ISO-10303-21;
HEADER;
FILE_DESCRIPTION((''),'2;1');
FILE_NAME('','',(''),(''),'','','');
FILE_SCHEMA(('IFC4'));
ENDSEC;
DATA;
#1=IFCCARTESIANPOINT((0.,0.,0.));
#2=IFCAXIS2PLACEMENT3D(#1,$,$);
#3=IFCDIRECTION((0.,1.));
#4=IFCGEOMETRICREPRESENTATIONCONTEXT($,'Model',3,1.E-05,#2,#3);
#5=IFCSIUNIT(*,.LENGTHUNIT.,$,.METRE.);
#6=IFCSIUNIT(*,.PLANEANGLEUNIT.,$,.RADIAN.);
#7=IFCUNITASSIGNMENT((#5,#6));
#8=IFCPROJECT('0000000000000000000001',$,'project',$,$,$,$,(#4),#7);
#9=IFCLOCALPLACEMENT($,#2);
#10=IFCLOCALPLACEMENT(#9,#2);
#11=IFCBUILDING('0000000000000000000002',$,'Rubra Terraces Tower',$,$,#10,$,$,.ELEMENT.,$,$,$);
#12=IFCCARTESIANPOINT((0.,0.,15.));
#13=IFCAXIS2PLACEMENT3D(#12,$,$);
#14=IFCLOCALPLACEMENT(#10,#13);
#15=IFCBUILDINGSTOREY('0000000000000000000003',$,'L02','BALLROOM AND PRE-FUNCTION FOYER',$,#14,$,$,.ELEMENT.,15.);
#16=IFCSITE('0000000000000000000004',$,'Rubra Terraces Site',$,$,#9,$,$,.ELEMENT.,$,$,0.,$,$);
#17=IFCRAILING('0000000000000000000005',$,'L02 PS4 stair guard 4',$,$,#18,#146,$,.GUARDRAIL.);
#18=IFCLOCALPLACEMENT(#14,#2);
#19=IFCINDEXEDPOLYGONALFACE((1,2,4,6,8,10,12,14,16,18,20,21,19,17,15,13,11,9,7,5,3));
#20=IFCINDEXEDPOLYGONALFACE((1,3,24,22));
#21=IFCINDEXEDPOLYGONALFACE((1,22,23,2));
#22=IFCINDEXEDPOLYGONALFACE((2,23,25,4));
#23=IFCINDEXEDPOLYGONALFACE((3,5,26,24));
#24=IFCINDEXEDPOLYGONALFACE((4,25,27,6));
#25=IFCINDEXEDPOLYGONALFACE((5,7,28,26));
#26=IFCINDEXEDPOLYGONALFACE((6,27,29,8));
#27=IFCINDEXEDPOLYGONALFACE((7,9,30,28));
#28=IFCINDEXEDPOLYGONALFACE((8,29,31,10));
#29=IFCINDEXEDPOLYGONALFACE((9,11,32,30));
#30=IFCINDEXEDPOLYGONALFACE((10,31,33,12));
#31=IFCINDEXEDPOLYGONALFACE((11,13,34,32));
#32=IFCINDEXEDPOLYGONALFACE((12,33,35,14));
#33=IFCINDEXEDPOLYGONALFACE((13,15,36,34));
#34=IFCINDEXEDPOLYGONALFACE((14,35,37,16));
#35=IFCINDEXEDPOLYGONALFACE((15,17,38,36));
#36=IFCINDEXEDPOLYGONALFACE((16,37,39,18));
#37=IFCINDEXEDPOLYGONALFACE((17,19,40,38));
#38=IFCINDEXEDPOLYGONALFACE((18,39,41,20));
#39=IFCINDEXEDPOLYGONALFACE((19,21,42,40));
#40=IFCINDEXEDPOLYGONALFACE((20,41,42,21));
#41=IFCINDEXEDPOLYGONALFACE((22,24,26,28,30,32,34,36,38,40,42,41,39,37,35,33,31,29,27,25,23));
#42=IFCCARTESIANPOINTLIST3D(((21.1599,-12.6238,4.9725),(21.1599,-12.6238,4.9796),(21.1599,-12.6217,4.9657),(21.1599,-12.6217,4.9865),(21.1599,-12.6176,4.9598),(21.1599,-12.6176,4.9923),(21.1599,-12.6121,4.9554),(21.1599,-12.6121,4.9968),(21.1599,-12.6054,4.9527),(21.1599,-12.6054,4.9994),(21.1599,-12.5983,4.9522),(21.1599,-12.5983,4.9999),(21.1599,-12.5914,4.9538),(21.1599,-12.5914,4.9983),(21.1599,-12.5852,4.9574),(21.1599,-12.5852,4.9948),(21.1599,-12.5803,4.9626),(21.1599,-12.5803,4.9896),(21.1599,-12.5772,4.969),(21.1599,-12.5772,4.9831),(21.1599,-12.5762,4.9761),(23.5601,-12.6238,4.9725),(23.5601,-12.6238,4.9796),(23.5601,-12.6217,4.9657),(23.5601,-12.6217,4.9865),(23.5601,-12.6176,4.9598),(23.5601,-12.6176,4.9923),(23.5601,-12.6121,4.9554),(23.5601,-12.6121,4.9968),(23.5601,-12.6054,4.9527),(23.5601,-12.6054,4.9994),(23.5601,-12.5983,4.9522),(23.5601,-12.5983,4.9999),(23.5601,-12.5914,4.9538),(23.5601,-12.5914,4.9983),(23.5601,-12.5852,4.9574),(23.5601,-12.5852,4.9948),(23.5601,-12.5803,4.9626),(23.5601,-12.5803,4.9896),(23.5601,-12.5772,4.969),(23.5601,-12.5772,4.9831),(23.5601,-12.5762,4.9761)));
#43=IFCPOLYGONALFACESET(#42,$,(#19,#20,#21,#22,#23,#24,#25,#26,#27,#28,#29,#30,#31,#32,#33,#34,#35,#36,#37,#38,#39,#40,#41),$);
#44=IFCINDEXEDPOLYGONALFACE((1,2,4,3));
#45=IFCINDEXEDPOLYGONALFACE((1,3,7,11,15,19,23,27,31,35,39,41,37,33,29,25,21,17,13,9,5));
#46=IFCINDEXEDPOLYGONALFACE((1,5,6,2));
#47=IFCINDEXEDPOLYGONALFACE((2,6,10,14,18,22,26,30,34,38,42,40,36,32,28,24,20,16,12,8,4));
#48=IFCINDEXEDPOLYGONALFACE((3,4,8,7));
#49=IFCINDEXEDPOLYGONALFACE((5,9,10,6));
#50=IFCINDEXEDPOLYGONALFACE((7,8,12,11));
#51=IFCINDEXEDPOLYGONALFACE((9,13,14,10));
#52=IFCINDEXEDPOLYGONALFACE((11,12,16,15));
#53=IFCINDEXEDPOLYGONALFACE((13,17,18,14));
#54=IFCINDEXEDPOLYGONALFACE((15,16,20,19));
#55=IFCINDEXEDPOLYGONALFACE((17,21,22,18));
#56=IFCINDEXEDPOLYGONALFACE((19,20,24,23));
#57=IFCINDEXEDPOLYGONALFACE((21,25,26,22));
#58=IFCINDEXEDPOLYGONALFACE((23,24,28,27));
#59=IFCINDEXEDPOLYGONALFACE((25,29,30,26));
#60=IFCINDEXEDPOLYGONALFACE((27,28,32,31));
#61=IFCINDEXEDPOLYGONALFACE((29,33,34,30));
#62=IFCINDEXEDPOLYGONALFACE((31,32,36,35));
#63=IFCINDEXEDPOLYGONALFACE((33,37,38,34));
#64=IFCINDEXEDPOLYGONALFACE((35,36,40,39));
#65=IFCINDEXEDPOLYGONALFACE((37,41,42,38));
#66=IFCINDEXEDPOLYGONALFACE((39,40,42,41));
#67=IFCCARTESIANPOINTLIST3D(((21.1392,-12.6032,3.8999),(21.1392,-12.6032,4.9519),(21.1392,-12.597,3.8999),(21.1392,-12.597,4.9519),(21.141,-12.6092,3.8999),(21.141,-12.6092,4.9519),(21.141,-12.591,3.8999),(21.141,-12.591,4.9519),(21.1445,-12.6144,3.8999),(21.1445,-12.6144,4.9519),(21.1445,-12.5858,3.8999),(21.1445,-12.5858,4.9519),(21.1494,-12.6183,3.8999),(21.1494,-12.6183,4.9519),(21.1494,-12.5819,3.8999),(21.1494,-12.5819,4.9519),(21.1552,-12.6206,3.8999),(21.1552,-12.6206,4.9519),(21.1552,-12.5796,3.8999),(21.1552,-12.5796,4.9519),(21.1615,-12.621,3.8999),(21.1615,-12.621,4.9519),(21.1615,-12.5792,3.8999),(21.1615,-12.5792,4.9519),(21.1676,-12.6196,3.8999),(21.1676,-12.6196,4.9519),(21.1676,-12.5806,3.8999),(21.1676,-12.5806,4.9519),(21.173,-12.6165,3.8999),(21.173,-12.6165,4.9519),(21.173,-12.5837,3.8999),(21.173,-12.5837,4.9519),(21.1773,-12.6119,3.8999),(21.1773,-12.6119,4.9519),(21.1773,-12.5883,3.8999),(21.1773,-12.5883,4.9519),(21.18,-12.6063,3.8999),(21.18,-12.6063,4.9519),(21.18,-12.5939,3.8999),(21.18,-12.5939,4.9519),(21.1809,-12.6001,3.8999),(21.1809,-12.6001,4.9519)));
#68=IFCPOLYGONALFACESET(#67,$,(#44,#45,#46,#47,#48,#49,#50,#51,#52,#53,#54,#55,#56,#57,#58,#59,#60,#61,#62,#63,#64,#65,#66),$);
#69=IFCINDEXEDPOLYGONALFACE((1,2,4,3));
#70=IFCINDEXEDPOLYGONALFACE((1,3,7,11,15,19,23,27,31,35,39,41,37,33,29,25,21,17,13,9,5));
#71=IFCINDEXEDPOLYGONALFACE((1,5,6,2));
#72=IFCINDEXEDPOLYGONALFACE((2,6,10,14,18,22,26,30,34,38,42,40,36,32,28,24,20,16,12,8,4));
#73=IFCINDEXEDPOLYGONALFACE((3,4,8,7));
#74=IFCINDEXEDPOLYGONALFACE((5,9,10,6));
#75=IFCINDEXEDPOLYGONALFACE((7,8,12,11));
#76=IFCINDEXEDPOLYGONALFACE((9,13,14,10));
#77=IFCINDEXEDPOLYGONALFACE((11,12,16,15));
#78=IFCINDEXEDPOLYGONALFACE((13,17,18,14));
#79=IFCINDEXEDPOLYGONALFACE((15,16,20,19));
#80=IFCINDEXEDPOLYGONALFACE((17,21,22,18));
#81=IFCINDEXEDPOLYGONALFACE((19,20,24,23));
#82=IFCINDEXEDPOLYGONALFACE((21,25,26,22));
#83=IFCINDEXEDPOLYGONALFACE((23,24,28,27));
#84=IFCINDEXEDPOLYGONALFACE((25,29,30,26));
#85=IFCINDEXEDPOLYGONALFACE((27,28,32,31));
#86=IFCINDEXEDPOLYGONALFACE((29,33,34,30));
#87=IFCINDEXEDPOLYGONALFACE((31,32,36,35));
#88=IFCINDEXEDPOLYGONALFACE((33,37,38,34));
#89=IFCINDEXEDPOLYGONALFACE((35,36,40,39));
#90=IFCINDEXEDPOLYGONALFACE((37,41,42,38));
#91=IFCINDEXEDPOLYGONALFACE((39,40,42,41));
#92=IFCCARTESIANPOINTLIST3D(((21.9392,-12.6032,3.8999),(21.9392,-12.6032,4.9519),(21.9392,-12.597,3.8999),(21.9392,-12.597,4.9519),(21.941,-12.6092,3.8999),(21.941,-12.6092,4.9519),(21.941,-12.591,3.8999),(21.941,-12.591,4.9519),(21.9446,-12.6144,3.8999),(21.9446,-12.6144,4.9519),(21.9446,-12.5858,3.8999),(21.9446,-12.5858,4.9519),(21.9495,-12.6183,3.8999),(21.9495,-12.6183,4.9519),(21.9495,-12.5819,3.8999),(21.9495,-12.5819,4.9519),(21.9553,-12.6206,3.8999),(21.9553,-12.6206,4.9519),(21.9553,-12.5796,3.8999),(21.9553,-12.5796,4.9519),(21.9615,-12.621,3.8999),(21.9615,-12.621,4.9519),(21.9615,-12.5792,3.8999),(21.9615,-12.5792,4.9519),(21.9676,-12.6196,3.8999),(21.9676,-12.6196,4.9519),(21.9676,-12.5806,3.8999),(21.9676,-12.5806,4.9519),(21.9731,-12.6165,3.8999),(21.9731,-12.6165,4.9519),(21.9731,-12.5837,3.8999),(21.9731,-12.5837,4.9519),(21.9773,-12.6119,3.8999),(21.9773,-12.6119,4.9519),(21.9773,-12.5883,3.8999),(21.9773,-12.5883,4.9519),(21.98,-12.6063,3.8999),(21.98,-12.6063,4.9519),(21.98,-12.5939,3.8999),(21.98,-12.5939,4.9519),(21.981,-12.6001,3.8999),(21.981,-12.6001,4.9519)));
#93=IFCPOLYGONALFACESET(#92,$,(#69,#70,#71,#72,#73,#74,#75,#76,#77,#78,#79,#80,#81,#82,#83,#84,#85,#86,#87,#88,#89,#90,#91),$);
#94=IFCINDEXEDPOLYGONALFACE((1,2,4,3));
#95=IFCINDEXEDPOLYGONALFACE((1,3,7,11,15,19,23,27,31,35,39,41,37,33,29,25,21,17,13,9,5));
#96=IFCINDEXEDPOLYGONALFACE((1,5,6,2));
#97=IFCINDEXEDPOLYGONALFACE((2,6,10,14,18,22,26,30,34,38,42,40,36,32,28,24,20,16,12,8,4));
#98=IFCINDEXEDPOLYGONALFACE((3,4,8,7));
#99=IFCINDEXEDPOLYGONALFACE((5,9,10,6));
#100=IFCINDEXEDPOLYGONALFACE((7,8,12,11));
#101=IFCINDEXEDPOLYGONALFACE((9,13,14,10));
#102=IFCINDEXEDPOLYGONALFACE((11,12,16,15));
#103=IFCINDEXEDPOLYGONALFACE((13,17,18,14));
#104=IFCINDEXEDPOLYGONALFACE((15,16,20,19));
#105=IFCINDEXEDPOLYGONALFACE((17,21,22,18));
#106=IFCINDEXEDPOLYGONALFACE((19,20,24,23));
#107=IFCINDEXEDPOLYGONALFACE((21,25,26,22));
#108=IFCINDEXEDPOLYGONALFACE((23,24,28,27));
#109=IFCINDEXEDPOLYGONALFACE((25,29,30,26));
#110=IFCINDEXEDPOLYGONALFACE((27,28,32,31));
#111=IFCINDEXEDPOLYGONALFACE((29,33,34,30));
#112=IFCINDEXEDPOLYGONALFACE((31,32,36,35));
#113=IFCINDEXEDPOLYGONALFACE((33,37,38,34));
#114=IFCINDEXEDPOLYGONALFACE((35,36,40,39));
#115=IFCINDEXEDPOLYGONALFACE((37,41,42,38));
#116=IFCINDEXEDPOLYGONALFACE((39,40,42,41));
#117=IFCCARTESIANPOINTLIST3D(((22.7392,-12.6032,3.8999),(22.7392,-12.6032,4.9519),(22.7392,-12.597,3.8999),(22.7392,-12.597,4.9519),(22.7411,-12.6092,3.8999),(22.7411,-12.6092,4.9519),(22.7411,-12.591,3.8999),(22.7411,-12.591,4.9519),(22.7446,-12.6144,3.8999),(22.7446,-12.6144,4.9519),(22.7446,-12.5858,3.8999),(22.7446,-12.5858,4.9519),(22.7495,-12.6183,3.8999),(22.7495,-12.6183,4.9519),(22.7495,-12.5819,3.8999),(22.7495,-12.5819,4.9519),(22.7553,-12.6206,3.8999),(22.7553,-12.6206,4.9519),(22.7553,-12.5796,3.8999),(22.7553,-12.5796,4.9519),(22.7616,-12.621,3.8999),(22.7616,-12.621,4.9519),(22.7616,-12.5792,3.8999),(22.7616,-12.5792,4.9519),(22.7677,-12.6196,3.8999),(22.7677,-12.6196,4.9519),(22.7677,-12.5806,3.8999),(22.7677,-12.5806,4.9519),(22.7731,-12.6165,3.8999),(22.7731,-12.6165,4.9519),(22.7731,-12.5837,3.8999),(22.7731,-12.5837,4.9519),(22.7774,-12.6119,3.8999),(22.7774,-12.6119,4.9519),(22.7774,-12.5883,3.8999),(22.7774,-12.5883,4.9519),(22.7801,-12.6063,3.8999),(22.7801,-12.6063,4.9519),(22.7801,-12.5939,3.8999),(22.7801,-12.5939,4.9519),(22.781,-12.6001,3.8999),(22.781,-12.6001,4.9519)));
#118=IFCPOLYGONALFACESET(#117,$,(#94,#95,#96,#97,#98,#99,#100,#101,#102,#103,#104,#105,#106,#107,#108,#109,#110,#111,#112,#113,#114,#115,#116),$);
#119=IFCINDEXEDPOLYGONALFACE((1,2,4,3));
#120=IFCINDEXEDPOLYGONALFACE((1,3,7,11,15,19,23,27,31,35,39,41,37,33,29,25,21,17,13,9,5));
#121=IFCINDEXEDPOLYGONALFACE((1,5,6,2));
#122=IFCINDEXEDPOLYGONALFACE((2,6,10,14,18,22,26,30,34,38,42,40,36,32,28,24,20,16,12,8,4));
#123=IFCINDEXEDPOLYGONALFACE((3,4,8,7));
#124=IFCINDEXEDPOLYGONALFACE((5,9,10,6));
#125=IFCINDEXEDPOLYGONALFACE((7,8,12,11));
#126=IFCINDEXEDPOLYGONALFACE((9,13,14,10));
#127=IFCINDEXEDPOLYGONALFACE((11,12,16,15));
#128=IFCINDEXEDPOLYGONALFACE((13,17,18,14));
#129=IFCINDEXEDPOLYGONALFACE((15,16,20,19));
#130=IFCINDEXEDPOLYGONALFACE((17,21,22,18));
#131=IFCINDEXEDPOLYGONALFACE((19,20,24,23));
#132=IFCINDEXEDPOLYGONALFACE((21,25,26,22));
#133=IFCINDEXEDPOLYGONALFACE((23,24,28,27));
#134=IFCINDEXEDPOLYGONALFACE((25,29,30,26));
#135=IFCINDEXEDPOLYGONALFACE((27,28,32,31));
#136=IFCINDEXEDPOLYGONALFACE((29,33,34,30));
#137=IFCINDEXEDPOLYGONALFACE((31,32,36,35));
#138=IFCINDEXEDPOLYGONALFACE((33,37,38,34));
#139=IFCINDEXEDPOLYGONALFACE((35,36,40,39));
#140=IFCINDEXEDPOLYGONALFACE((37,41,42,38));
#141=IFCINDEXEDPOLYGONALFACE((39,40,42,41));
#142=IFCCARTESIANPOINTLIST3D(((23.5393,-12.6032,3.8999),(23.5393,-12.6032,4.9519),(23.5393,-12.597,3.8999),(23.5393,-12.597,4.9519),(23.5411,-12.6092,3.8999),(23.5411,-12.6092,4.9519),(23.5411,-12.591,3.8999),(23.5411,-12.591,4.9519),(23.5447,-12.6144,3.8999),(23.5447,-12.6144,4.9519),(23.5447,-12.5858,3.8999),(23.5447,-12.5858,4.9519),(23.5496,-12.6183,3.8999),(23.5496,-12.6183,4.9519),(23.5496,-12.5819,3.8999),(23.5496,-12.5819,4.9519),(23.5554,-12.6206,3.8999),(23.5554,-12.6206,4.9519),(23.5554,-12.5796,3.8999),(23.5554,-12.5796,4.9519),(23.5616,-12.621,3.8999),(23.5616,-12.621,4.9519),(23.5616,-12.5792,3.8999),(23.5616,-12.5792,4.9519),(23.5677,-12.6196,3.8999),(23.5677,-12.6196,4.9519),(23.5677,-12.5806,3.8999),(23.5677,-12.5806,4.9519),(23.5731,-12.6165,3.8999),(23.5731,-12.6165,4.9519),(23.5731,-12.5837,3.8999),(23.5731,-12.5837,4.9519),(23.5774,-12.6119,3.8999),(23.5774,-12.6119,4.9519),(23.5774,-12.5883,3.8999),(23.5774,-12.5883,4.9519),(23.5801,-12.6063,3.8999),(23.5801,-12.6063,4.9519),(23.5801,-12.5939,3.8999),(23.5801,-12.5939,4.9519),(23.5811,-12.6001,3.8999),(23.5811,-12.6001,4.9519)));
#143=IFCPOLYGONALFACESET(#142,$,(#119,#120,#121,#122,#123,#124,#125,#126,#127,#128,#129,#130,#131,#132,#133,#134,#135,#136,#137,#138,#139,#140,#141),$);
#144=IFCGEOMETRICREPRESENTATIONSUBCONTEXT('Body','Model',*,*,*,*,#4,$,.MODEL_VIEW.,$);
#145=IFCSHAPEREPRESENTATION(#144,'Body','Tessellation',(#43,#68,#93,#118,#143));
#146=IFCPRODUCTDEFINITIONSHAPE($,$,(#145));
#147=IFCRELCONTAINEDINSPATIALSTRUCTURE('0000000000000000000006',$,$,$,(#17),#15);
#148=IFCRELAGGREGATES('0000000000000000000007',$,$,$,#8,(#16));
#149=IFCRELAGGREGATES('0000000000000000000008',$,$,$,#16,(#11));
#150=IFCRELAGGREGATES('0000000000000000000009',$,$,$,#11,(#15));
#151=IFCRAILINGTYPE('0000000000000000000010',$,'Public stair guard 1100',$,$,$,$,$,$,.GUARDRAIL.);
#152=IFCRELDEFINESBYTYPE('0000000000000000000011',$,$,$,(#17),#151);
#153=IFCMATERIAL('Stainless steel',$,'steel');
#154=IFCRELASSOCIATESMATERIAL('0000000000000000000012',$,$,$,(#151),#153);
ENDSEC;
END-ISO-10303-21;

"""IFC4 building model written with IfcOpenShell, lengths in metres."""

from ifc_helpers import new_model, si_unit, direction, frame, origin, origin_2d, place, context, subcontext, project, spatial, circle, extrude, material, type_object, element, save


model = new_model("IFC4")

# Units and contexts
model_context = context("Model", 3, precision=1e-05, world=origin(), true_north=direction((0.0, 1.0)))
body_context = subcontext(model_context, "Body", "Model", "MODEL_VIEW")
ifc_project = project(units=[si_unit("LENGTHUNIT", "METRE"), si_unit("PLANEANGLEUNIT", "RADIAN")], contexts=[model_context])

# Site, building, storey
site_placement = place(None, origin())
site = spatial("IfcSite", under=ifc_project, at=site_placement, Name="Rubra Terraces Site", CompositionType="ELEMENT", RefElevation=0.0)
building_placement = place(site_placement, origin())
building = spatial("IfcBuilding", under=site, at=building_placement, Name="Rubra Terraces Tower", CompositionType="ELEMENT")
storey_placement = place(building_placement, frame((0.0, 0.0, 15.0)))
storey = spatial("IfcBuildingStorey", under=building, at=storey_placement, Name="L02", Description="BALLROOM AND PRE-FUNCTION FOYER", CompositionType="ELEMENT", Elevation=15.0)

# Railing
ifc_material_1 = material(Name="Stainless steel", Category="steel")
railing_type_1 = type_object("IfcRailingType", Name="Public stair guard 1100", PredefinedType="GUARDRAIL", material=ifc_material_1)
railing_1_placement = place(storey_placement, frame((21.1599, -12.6001, 3.8999)))
element("IfcRailing", 1, at=railing_1_placement, inside=storey, type_object=railing_type_1, Name="L02 PS4 stair guard 4", PredefinedType="GUARDRAIL", context=body_context, shape_type="SweptSolid", body=[
    extrude(circle(Radius=0.0239, at=origin_2d()), frame((0.0, 0.0, 1.0762), z_axis=(1.0, 0.0, 0.0), x_axis=(0.0, 1.0, 0.0)), (0.0, 0.0, 1.0), 2.4001),
    extrude(circle(Radius=0.021, at=origin_2d()), origin(), (0.0, 0.0, 1.0), 1.052),
    extrude(circle(Radius=0.021, at=origin_2d()), frame((0.8, 0.0, 0.0)), (0.0, 0.0, 1.0), 1.052),
    extrude(circle(Radius=0.021, at=origin_2d()), frame((1.6001, 0.0, 0.0)), (0.0, 0.0, 1.0), 1.052),
    extrude(circle(Radius=0.021, at=origin_2d()), frame((2.4001, 0.0, 0.0)), (0.0, 0.0, 1.0), 1.052),
])

save(model, "model.ifc")
